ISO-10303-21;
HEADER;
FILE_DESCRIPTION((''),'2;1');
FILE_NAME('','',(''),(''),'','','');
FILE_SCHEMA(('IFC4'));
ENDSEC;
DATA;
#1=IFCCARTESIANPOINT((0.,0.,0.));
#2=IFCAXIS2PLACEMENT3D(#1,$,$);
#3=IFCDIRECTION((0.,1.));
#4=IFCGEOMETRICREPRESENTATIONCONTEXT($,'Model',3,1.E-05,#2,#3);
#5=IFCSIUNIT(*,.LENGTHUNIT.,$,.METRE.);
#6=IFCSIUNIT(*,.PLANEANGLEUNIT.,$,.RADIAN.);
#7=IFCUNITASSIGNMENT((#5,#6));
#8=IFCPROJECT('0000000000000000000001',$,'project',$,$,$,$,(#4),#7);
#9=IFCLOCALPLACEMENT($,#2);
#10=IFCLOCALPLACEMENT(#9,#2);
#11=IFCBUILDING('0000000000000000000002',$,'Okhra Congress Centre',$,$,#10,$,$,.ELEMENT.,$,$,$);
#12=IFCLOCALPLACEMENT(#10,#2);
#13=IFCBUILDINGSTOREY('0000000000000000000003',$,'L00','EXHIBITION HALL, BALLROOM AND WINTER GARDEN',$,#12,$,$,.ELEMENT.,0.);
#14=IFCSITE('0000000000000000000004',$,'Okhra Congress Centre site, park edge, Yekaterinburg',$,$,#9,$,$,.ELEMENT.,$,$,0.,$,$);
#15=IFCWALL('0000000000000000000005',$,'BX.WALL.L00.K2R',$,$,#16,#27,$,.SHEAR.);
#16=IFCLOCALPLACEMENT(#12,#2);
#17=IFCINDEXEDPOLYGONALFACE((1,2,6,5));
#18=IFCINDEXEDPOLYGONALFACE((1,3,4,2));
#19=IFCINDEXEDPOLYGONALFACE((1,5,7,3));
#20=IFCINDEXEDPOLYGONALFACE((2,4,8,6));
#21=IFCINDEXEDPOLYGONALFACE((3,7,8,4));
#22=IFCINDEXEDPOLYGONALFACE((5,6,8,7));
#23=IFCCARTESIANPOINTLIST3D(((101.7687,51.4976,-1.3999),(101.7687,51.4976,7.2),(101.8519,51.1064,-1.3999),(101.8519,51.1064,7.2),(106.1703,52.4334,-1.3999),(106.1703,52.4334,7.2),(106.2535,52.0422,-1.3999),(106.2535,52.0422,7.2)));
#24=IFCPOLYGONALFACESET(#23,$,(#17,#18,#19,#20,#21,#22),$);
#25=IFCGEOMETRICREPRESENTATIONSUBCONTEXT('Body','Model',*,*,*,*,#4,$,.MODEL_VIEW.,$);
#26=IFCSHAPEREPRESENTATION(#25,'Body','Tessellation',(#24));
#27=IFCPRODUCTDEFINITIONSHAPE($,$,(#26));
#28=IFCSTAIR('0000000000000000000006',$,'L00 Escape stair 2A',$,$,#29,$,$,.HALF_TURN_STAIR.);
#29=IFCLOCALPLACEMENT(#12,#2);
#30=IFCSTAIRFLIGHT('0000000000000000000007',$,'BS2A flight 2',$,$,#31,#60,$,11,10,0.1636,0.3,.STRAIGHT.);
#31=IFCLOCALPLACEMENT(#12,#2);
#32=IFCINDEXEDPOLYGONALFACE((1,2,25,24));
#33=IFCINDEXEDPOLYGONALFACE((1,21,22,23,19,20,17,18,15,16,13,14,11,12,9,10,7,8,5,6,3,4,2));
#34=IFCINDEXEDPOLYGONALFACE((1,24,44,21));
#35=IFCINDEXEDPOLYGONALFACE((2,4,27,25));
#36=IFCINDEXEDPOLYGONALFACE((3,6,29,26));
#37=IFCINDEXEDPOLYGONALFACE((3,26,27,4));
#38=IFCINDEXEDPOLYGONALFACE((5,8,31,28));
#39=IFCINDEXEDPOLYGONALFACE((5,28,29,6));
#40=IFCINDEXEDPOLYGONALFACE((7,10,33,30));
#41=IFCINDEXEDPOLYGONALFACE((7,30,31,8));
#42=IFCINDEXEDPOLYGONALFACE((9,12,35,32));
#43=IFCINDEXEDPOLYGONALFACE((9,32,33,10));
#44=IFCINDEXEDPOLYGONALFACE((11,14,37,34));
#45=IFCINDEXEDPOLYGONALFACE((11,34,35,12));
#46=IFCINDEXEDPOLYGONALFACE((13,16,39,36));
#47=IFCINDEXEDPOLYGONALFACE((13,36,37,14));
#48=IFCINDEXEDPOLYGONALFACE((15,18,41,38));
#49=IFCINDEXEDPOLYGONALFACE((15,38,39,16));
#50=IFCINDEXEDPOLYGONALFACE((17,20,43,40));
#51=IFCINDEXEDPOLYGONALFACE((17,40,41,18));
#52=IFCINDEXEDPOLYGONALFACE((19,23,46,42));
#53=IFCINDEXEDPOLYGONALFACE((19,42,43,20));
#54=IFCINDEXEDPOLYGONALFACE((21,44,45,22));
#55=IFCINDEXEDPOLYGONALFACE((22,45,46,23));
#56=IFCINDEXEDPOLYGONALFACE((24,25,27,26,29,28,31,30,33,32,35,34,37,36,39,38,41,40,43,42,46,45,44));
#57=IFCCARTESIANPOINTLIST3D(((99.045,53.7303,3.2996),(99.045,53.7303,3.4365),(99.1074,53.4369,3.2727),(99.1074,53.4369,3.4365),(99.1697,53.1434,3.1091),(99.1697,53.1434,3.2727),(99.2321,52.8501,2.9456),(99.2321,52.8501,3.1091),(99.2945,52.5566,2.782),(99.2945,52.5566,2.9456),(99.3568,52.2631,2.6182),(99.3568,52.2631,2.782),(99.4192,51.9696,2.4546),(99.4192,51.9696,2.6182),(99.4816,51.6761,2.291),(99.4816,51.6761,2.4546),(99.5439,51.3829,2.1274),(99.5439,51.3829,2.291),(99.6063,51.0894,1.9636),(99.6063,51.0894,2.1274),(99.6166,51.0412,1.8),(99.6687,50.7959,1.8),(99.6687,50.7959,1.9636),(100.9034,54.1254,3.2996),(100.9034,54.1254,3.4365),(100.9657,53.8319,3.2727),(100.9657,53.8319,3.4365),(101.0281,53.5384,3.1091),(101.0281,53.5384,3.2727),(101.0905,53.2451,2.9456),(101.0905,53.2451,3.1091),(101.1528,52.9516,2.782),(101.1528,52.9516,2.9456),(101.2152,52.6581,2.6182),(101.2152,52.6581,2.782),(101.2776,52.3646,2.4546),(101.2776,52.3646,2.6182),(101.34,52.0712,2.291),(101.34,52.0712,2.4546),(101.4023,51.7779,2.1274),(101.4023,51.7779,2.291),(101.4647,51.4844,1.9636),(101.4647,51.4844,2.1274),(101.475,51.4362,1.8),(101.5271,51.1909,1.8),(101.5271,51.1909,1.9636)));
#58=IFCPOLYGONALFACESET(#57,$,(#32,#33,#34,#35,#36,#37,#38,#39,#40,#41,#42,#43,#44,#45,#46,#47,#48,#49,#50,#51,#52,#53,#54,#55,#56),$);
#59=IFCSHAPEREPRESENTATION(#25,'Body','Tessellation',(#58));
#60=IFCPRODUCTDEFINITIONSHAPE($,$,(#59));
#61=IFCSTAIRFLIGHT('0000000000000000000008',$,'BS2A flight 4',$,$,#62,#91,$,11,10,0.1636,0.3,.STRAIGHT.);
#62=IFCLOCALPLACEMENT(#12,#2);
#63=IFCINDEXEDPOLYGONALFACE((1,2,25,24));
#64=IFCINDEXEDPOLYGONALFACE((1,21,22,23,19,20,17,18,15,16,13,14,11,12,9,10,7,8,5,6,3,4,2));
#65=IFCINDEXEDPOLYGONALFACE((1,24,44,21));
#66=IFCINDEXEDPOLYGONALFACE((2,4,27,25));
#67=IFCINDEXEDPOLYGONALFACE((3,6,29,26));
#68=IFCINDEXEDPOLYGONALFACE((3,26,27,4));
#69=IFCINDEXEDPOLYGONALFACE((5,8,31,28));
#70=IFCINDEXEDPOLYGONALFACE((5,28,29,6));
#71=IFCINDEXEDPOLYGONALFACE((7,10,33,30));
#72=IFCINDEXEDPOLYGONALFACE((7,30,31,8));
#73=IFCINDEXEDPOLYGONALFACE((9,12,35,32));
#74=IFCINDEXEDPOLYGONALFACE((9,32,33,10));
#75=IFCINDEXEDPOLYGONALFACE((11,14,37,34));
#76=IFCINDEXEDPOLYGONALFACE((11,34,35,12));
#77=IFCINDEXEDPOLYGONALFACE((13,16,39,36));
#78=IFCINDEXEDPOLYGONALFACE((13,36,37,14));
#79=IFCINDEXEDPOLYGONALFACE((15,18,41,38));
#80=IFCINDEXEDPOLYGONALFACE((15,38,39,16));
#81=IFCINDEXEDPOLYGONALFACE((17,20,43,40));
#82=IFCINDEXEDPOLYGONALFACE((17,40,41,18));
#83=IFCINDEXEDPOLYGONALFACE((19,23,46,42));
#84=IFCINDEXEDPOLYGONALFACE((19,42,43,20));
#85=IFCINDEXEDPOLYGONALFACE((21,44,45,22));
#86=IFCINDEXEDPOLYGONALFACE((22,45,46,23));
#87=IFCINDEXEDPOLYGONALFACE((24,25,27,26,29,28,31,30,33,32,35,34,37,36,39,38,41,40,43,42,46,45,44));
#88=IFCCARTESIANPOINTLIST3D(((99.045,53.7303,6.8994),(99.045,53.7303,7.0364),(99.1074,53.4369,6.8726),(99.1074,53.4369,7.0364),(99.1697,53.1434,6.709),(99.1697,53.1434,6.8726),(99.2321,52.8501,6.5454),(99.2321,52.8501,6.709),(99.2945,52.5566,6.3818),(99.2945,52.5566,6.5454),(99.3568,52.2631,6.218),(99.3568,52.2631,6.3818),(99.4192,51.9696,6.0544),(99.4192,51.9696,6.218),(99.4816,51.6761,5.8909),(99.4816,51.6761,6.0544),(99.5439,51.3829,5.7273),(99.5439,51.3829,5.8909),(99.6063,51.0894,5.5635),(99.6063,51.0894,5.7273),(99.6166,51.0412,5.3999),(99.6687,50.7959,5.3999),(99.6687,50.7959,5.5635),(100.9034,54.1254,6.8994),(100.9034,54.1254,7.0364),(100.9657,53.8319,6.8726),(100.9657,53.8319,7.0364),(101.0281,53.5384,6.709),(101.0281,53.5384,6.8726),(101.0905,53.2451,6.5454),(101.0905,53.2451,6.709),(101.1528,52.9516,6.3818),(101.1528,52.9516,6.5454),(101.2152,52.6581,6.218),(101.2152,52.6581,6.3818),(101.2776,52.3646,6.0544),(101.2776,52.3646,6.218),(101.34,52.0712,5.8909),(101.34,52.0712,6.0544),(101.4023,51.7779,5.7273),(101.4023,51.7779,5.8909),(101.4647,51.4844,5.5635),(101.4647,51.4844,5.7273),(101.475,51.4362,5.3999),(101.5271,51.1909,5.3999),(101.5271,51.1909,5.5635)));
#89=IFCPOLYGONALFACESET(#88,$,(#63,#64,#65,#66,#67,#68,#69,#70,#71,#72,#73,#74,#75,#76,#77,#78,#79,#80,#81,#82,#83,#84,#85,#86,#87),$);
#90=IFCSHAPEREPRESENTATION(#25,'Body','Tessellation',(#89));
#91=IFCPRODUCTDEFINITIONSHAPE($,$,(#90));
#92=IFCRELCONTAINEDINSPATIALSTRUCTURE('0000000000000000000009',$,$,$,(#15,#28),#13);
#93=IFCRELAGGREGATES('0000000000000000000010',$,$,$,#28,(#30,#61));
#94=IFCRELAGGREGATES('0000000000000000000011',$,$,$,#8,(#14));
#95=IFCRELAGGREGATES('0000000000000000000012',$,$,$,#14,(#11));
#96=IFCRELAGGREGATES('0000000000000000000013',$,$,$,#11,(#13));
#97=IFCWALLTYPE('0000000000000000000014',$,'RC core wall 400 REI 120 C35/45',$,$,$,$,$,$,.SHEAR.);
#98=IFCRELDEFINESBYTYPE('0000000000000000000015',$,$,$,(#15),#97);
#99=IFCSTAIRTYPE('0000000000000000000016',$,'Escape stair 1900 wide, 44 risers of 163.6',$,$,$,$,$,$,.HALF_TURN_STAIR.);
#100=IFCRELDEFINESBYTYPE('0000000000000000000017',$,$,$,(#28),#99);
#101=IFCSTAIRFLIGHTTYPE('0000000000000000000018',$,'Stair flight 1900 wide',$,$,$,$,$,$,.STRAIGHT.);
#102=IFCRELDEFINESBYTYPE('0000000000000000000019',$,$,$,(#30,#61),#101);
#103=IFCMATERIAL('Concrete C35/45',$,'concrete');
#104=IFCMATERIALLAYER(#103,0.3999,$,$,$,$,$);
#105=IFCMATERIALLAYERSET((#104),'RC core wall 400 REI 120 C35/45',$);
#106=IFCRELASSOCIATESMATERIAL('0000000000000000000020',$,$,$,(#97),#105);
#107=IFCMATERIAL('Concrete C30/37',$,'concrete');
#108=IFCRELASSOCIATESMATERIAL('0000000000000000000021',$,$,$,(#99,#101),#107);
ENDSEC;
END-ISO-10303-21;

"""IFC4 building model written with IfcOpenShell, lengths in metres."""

from ifc_helpers import new_model, si_unit, direction, frame, frame_2d, origin, place, context, subcontext, project, spatial, polyline, rectangle, outline, extrude, material, layer, layer_set, type_object, element, aggregate, save


model = new_model("IFC4")

# Units and contexts
model_context = context("Model", 3, precision=1e-05, world=origin(), true_north=direction((0.0, 1.0)))
body_context = subcontext(model_context, "Body", "Model", "MODEL_VIEW")
ifc_project = project(units=[si_unit("LENGTHUNIT", "METRE"), si_unit("PLANEANGLEUNIT", "RADIAN")], contexts=[model_context])

# Site, building, storey
site_placement = place(None, origin())
site = spatial("IfcSite", under=ifc_project, at=site_placement, Name="Okhra Congress Centre site, park edge, Yekaterinburg", CompositionType="ELEMENT", RefElevation=0.0)
building_placement = place(site_placement, origin())
building = spatial("IfcBuilding", under=site, at=building_placement, Name="Okhra Congress Centre", CompositionType="ELEMENT")
storey_placement = place(building_placement, origin())
storey = spatial("IfcBuildingStorey", under=building, at=storey_placement, Name="L00", Description="EXHIBITION HALL, BALLROOM AND WINTER GARDEN", CompositionType="ELEMENT", Elevation=0.0)

# Shared definitions
ifc_material_1 = material(Name="Concrete C30/37", Category="concrete")

# Shared definitions
ifc_material_2 = material(Name="Concrete C35/45", Category="concrete")

# Wall
ifc_layer_1 = layer(ifc_material_2, 0.3999)
ifc_layer_set_1 = layer_set([ifc_layer_1], Name="RC core wall 400 REI 120 C35/45")
wall_type_1 = type_object("IfcWallType", Name="RC core wall 400 REI 120 C35/45", PredefinedType="SHEAR", material=ifc_layer_set_1)
wall_1_placement = place(storey_placement, frame((101.8103, 51.302, -1.3999), z_axis=(0.0, 0.0, 1.0), x_axis=(0.978139, 0.207954, 0.0)))
element("IfcWall", 1, at=wall_1_placement, inside=storey, type_object=wall_type_1, Name="BX.WALL.L00.K2R", PredefinedType="SHEAR", context=body_context, shape_type="SweptSolid", body=[
    extrude(rectangle(XDim=4.5, YDim=0.3999, at=frame_2d((2.25, 0.0))), origin(), (0.0, 0.0, 1.0), 8.5999),
])

# Stair, stair flights
stair_type = type_object("IfcStairType", Name="Escape stair 1900 wide, 44 risers of 163.6", PredefinedType="HALF_TURN_STAIR", material=ifc_material_1)
stair_placement = place(storey_placement, origin())
stair = element("IfcStair", 2, at=stair_placement, inside=storey, type_object=stair_type, Name="L00 Escape stair 2A", PredefinedType="HALF_TURN_STAIR")
stair_flight_type = type_object("IfcStairFlightType", Name="Stair flight 1900 wide", PredefinedType="STRAIGHT", material=ifc_material_1)
stair_flight_1_placement = place(storey_placement, frame((100.5979, 50.9934, 1.8), z_axis=(0.0, 0.0, 1.0), x_axis=(-0.207912, 0.978148, 0.0)))
stair_flight_1 = element("IfcStairFlight", 3, at=stair_flight_1_placement, type_object=stair_flight_type, Name="BS2A flight 2", NumberOfRisers=11, NumberOfTreads=10, PredefinedType="STRAIGHT", RiserHeight=0.1636, TreadLength=0.3, context=body_context, shape_type="SweptSolid", body=[
    extrude(outline(polyline([(0.0, 0.0), (0.0, 0.1636), (0.3, 0.1636), (0.3, 0.3274), (0.6001, 0.3274), (0.6001, 0.491), (0.8999, 0.491), (0.8999, 0.6545), (1.2, 0.6545), (1.2, 0.8181), (1.5, 0.8181), (1.5, 0.9819), (1.8, 0.9819), (1.8, 1.1455), (2.1001, 1.1455), (2.1001, 1.3091), (2.3999, 1.3091), (2.3999, 1.4727), (2.7, 1.4727), (2.7, 1.6365), (3.0, 1.6365), (3.0, 1.8), (3.0, 1.4995), (0.2507, 0.0), (0.0, 0.0)])), frame((0.0, 0.95, 0.0), z_axis=(0.0, -1.0, 0.0), x_axis=(1.0, 0.0, 0.0)), (0.0, 0.0, 1.0), 1.8999),
])
stair_flight_2_placement = place(storey_placement, frame((100.5979, 50.9934, 5.3999), z_axis=(0.0, 0.0, 1.0), x_axis=(-0.207912, 0.978148, 0.0)))
stair_flight_2 = element("IfcStairFlight", 4, at=stair_flight_2_placement, type_object=stair_flight_type, Name="BS2A flight 4", NumberOfRisers=11, NumberOfTreads=10, PredefinedType="STRAIGHT", RiserHeight=0.1636, TreadLength=0.3, context=body_context, shape_type="SweptSolid", body=[
    extrude(outline(polyline([(0.0, 0.0), (0.0, 0.1636), (0.3, 0.1636), (0.3, 0.3274), (0.6001, 0.3274), (0.6001, 0.491), (0.8999, 0.491), (0.8999, 0.6545), (1.2, 0.6545), (1.2, 0.8181), (1.5, 0.8181), (1.5, 0.9819), (1.8, 0.9819), (1.8, 1.1455), (2.1001, 1.1455), (2.1001, 1.3091), (2.3999, 1.3091), (2.3999, 1.4727), (2.7, 1.4727), (2.7, 1.6365), (3.0, 1.6365), (3.0, 1.8), (3.0, 1.4995), (0.2507, 0.0), (0.0, 0.0)])), frame((0.0, 0.95, 0.0), z_axis=(0.0, -1.0, 0.0), x_axis=(1.0, 0.0, 0.0)), (0.0, 0.0, 1.0), 1.8999),
])
aggregate(stair, [stair_flight_1, stair_flight_2])

save(model, "model.ifc")
